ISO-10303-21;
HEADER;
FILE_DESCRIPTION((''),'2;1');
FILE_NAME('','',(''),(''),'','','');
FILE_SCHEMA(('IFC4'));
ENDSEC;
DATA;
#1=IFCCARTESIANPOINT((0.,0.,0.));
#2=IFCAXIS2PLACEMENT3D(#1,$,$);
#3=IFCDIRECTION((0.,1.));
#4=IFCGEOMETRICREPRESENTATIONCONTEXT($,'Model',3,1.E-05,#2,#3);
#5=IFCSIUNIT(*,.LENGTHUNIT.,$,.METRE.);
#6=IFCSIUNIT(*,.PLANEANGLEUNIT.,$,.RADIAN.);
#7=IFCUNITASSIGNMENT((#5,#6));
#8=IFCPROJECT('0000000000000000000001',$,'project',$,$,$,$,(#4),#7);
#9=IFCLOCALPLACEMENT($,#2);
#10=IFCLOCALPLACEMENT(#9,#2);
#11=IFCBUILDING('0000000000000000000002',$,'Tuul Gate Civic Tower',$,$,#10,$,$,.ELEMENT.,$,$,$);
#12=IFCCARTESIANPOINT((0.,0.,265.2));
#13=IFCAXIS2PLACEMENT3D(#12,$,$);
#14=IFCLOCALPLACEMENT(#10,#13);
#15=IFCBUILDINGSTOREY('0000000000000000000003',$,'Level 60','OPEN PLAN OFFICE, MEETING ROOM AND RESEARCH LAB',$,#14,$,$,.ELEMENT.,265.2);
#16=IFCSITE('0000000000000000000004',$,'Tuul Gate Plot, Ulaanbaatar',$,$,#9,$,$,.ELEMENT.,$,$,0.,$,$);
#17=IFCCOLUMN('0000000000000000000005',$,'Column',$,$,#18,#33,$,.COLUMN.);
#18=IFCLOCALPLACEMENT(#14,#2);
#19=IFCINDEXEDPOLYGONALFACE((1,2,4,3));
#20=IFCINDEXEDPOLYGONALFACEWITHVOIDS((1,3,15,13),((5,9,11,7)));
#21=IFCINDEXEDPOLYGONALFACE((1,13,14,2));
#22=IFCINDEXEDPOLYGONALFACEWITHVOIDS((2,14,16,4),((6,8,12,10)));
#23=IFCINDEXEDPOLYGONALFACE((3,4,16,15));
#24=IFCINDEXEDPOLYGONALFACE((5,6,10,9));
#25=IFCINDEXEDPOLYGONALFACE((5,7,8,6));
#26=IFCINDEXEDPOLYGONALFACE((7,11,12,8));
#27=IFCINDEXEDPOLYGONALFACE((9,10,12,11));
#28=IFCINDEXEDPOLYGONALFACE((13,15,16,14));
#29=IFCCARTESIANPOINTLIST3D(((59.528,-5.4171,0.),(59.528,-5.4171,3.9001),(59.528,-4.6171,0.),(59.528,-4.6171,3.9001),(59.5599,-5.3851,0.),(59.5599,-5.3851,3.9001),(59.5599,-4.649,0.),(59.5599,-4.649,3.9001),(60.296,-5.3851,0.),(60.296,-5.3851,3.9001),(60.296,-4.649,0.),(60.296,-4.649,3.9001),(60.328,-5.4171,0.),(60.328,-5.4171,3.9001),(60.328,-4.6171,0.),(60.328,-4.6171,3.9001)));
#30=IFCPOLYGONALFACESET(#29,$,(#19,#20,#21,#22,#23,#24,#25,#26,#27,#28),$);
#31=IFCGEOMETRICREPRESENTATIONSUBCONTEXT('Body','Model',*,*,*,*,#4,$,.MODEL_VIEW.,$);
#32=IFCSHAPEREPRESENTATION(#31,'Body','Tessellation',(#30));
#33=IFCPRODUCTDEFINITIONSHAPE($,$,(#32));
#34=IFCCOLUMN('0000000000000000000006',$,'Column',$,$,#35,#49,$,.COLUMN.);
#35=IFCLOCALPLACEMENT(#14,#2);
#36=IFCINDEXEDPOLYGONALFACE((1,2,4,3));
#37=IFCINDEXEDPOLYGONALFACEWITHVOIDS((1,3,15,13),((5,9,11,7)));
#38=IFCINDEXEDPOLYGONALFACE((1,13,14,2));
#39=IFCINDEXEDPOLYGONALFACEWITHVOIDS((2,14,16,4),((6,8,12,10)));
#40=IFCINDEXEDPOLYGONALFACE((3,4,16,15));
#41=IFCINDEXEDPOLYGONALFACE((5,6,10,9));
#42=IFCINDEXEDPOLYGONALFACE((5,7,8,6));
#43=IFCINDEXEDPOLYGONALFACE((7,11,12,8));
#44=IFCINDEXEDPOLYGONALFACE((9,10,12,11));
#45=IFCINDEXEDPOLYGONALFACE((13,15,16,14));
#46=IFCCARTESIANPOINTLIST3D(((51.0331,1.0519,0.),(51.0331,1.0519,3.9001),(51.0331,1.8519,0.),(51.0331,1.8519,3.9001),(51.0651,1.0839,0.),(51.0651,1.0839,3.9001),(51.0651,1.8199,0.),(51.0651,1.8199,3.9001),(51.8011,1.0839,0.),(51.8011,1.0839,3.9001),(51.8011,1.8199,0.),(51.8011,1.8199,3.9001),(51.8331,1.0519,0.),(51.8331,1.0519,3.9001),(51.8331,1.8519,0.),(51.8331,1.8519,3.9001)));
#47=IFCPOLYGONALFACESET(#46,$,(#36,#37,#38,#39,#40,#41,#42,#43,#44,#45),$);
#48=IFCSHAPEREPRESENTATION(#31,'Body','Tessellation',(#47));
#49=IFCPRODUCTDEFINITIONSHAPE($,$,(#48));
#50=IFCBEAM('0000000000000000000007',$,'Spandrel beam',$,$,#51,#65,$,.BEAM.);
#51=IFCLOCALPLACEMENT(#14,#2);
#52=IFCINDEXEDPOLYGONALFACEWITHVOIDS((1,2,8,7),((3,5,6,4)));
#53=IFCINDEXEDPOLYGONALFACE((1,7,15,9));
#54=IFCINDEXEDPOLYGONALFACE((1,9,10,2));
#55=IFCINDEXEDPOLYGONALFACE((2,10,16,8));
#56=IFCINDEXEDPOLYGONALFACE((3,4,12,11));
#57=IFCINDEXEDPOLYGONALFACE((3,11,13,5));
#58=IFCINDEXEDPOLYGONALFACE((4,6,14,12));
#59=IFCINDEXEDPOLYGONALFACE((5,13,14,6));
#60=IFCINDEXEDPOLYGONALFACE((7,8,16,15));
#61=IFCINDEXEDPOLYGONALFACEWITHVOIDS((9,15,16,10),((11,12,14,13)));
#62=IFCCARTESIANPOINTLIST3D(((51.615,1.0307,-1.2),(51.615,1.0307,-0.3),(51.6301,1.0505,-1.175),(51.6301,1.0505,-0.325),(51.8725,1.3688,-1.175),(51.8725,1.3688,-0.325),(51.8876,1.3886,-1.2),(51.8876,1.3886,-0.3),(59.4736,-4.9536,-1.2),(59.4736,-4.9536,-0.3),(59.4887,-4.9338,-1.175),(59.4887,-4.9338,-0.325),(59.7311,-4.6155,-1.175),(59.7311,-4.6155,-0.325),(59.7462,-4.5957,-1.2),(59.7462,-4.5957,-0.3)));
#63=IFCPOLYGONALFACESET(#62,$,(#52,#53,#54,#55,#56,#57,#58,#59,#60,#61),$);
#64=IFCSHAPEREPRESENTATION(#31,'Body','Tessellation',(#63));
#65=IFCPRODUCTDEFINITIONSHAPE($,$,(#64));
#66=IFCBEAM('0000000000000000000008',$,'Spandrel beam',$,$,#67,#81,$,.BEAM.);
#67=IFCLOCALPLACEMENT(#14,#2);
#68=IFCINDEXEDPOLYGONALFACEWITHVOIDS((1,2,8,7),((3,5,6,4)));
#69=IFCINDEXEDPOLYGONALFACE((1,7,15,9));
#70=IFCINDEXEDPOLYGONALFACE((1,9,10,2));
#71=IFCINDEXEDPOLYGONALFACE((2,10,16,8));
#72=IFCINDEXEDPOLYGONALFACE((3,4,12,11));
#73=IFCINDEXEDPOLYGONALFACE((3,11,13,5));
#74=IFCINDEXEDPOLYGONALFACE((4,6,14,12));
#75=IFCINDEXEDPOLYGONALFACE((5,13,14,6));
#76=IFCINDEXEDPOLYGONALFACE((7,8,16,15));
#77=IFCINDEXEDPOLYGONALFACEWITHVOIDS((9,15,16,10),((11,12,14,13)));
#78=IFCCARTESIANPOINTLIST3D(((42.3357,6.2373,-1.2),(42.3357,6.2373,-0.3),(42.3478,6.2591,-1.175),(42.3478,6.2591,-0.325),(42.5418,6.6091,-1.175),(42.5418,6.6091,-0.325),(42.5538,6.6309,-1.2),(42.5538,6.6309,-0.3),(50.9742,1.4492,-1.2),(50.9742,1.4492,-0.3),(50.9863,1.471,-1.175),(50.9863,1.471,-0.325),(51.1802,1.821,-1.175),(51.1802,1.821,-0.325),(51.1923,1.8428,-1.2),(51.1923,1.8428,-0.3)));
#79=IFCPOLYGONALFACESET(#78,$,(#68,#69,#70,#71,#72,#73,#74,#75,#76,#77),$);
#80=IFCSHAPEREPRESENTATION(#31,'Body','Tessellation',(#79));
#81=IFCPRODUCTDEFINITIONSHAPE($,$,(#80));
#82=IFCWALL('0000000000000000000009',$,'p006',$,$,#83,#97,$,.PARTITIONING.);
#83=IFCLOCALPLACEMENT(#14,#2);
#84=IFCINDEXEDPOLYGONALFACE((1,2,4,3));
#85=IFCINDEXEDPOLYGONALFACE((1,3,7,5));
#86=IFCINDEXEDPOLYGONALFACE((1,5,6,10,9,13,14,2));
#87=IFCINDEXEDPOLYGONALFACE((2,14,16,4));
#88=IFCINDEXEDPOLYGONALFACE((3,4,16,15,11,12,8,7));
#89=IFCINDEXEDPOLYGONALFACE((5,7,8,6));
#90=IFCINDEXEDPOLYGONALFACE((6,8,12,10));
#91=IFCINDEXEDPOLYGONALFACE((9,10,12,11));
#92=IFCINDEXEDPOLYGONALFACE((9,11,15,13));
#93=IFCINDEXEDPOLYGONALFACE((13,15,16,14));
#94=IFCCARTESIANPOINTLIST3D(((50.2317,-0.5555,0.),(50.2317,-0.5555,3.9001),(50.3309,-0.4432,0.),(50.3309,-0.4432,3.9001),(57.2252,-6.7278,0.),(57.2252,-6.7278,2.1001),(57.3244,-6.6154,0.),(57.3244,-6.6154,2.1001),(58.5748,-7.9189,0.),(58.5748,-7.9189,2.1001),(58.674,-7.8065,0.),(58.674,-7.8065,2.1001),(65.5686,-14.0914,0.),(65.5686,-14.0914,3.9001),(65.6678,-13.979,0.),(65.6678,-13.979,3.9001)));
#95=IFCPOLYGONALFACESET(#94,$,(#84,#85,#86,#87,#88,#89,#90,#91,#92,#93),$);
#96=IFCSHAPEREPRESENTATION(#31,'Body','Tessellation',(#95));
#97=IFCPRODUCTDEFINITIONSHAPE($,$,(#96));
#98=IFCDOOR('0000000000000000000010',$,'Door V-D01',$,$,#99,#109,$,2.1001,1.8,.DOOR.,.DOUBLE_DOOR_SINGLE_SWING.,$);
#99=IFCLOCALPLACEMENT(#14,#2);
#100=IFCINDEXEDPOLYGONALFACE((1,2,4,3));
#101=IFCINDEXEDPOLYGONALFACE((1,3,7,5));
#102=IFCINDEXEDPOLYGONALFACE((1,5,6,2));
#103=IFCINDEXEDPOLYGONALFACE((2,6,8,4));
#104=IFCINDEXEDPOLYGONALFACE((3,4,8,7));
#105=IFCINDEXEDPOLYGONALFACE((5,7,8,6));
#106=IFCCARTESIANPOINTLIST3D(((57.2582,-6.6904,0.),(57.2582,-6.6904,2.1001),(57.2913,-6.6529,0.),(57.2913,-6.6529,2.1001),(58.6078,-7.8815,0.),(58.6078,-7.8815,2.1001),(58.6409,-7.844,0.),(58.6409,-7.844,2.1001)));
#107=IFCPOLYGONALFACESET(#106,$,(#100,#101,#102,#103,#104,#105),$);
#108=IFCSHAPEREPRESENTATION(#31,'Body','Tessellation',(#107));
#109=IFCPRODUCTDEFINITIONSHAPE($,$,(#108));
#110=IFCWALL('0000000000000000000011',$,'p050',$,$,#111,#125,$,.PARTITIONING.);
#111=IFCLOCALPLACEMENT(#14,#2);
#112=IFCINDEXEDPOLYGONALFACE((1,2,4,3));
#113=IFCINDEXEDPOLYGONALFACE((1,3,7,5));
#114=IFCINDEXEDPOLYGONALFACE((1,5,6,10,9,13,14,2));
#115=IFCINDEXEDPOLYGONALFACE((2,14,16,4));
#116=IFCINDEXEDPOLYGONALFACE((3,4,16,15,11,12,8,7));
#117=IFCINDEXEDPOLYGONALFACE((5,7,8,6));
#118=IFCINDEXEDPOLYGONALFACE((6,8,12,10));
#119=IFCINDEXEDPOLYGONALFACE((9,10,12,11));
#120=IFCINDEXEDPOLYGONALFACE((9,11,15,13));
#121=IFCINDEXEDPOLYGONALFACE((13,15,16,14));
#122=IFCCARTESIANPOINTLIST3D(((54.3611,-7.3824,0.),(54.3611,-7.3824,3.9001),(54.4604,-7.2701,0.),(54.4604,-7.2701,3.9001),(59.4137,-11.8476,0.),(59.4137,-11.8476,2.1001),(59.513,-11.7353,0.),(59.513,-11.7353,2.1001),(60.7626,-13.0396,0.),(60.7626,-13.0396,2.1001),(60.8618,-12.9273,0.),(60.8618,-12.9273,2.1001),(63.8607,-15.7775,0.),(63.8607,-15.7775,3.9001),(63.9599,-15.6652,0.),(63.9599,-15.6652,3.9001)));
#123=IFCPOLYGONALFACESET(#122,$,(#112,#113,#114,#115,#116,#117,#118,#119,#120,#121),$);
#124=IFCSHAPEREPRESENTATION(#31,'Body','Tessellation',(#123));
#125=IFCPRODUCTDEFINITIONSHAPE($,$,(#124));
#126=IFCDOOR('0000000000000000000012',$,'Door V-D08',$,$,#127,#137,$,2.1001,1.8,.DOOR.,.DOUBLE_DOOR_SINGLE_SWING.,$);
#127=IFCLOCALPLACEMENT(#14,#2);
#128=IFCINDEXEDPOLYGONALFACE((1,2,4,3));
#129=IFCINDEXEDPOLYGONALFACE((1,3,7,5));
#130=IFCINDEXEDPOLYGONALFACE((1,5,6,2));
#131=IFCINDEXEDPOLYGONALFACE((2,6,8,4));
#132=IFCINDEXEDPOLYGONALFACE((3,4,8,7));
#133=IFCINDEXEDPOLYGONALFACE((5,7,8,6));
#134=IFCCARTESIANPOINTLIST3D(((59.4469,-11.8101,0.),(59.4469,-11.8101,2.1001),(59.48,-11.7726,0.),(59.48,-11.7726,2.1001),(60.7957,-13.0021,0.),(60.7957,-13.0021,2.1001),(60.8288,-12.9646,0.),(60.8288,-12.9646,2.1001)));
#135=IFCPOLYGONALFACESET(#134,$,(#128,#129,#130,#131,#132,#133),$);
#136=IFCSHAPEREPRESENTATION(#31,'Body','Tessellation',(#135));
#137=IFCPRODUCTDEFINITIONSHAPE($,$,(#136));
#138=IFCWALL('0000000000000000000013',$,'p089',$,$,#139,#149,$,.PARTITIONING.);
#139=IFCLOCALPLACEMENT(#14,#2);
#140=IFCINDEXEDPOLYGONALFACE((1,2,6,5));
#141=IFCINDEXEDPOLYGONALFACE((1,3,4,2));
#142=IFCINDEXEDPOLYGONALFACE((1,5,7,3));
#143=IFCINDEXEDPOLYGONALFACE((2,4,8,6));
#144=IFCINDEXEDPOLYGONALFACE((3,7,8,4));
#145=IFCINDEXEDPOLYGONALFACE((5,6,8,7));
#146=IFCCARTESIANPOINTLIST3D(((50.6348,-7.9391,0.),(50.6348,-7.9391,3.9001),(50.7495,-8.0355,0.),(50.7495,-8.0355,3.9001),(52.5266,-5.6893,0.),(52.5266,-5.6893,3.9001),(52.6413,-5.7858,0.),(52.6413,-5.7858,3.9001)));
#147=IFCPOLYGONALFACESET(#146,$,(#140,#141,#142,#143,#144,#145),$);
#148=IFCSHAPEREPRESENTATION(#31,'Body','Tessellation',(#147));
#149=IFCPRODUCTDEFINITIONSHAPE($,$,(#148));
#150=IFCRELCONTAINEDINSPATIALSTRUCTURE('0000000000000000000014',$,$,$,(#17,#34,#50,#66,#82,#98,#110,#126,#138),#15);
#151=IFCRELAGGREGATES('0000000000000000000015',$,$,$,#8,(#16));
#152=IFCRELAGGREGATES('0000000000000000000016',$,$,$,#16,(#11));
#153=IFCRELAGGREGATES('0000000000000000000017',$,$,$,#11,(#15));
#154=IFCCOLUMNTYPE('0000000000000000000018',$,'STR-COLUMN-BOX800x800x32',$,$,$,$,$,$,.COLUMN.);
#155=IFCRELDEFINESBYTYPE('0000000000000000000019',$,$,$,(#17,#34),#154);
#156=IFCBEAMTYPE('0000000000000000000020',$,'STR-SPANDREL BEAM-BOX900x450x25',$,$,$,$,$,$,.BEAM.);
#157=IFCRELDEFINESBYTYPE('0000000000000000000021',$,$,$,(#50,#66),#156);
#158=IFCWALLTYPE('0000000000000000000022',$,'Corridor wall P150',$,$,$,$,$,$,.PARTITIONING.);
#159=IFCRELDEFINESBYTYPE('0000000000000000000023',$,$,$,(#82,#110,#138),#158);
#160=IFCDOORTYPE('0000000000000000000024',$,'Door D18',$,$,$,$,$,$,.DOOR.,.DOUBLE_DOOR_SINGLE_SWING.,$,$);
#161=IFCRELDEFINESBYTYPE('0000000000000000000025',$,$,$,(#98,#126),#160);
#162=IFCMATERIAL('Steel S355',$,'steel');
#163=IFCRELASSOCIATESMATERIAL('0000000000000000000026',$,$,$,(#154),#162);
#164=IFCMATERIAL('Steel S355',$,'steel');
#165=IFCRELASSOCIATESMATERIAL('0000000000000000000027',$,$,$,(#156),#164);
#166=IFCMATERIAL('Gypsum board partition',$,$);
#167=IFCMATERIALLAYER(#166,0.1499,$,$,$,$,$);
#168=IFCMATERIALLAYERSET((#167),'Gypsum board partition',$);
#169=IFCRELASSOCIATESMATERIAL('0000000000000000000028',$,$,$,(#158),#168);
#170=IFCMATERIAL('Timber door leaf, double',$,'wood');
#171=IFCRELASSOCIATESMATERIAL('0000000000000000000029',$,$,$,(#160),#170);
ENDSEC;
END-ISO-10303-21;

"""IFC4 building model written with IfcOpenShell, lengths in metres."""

from ifc_helpers import new_model, si_unit, direction, frame, frame_2d, origin, origin_2d, place, context, subcontext, project, spatial, rectangle, hollow_rectangle, extrude, material, layer, layer_set, material_profile, profile_set, type_object, element, fill, save


model = new_model("IFC4")

# Units and contexts
model_context = context("Model", 3, precision=1e-05, world=origin(), true_north=direction((0.0, 1.0)))
body_context = subcontext(model_context, "Body", "Model", "MODEL_VIEW")
ifc_project = project(units=[si_unit("LENGTHUNIT", "METRE"), si_unit("PLANEANGLEUNIT", "RADIAN")], contexts=[model_context])

# Site, building, storey
site_placement = place(None, origin())
site = spatial("IfcSite", under=ifc_project, at=site_placement, Name="Tuul Gate Plot, Ulaanbaatar", CompositionType="ELEMENT", RefElevation=0.0)
building_placement = place(site_placement, origin())
building = spatial("IfcBuilding", under=site, at=building_placement, Name="Tuul Gate Civic Tower", CompositionType="ELEMENT")
storey_placement = place(building_placement, frame((0.0, 0.0, 265.2)))
storey = spatial("IfcBuildingStorey", under=building, at=storey_placement, Name="Level 60", Description="OPEN PLAN OFFICE, MEETING ROOM AND RESEARCH LAB", CompositionType="ELEMENT", Elevation=265.2)

# Columns
ifc_material_1 = material(Name="Steel S355", Category="steel")
ifc_material_profile_1 = material_profile(ifc_material_1, hollow_rectangle(XDim=0.8, YDim=0.8, WallThickness=0.032, at=origin_2d()), Name="BOX800x800x32")
ifc_profile_set_1 = profile_set([ifc_material_profile_1], Name="Steel S355")
column_type = type_object("IfcColumnType", Name="STR-COLUMN-BOX800x800x32", PredefinedType="COLUMN", material=ifc_profile_set_1)
for number, where, z_axis, x_axis, name in (
    (1, (59.928, -5.0171, 0.0), (0.0, 0.0, 1.0), (1.0, 0.0, 0.0), "Column"),
    (2, (51.4331, 1.4519, 0.0), (0.0, 0.0, 1.0), (1.0, 0.0, 0.0), "Column"),
):
    element("IfcColumn", number, at=place(storey_placement, frame(where, z_axis=z_axis, x_axis=x_axis)), inside=storey, type_object=column_type, Name=name, PredefinedType="COLUMN", context=body_context, shape_type="SweptSolid", body=[
        extrude(hollow_rectangle(XDim=0.8, YDim=0.8, WallThickness=0.032, at=origin_2d()), origin(), (0.0, 0.0, 1.0), 3.9001),
    ])

# Beams
ifc_material_2 = material(Name="Steel S355", Category="steel")
ifc_material_profile_2 = material_profile(ifc_material_2, hollow_rectangle(XDim=0.45, YDim=0.8999, WallThickness=0.0249, at=origin_2d()), Name="BOX900x450x25")
ifc_profile_set_2 = profile_set([ifc_material_profile_2], Name="Steel S355")
beam_type = type_object("IfcBeamType", Name="STR-SPANDREL BEAM-BOX900x450x25", PredefinedType="BEAM", material=ifc_profile_set_2)
beam_1_placement = place(storey_placement, frame((59.6099, -4.7747, -0.75), z_axis=(-0.795586, 0.605841, 0.0), x_axis=(-0.605841, -0.795586, 0.0)))
element("IfcBeam", 3, at=beam_1_placement, inside=storey, type_object=beam_type, Name="Spandrel beam", PredefinedType="BEAM", context=body_context, shape_type="SweptSolid", body=[
    extrude(hollow_rectangle(XDim=0.45, YDim=0.8999, WallThickness=0.0249, at=origin_2d()), origin(), (0.0, 0.0, 1.0), 9.8777),
])
beam_2_placement = place(storey_placement, frame((51.0833, 1.646, -0.75), z_axis=(-0.874631, 0.484788, 0.0), x_axis=(-0.484788, -0.874631, 0.0)))
element("IfcBeam", 4, at=beam_2_placement, inside=storey, type_object=beam_type, Name="Spandrel beam", PredefinedType="BEAM", context=body_context, shape_type="SweptSolid", body=[
    extrude(hollow_rectangle(XDim=0.45, YDim=0.8999, WallThickness=0.0249, at=origin_2d()), origin(), (0.0, 0.0, 1.0), 9.8767),
])

# Walls, openings, doors
ifc_material_3 = material(Name="Gypsum board partition")
ifc_layer_1 = layer(ifc_material_3, 0.1499)
ifc_layer_set_1 = layer_set([ifc_layer_1], Name="Gypsum board partition")
wall_type_1 = type_object("IfcWallType", Name="Corridor wall P150", PredefinedType="PARTITIONING", material=ifc_layer_set_1)
wall_1_placement = place(storey_placement, frame((50.2812, -0.4993, 0.0), z_axis=(0.0, 0.0, 1.0), x_axis=(0.749757, -0.661713, 0.0)))
wall_1 = element("IfcWall", 5, at=wall_1_placement, inside=storey, type_object=wall_type_1, Name="p006", PredefinedType="PARTITIONING", context=body_context, shape_type="SweptSolid", body=[
    extrude(rectangle(XDim=20.4558, YDim=0.1499, at=frame_2d((10.228, 0.0))), origin(), (0.0, 0.0, 1.0), 3.9001),
])
opening_1_placement = place(wall_1_placement, frame((9.3279, 0.0, 0.0)))
opening_1 = element("IfcOpeningElement", 6, at=opening_1_placement, cuts=wall_1, PredefinedType="OPENING", context=body_context, shape_type="SweptSolid", body=[
    extrude(rectangle(XDim=1.8, YDim=2.1001, at=frame_2d((0.8999, 1.05))), frame((0.0, 0.085, 0.0), z_axis=(0.0, -1.0, 0.0), x_axis=(1.0, 0.0, 0.0)), (0.0, 0.0, 1.0), 0.1699),
])
ifc_material_4 = material(Name="Timber door leaf, double", Category="wood")
door_type = type_object("IfcDoorType", Name="Door D18", OperationType="DOUBLE_DOOR_SINGLE_SWING", PredefinedType="DOOR", material=ifc_material_4)
door_1_placement = place(opening_1_placement, origin())
door_1 = element("IfcDoor", 7, at=door_1_placement, inside=storey, type_object=door_type, Name="Door V-D01", OperationType="DOUBLE_DOOR_SINGLE_SWING", OverallHeight=2.1001, OverallWidth=1.8, PredefinedType="DOOR", context=body_context, shape_type="SweptSolid", body=[
    extrude(rectangle(XDim=1.8, YDim=2.1001, at=frame_2d((0.8999, 1.05))), frame((0.0, 0.0249, 0.0), z_axis=(0.0, -1.0, 0.0), x_axis=(1.0, 0.0, 0.0)), (0.0, 0.0, 1.0), 0.05),
])
fill(opening_1, door_1)
wall_2_placement = place(storey_placement, frame((54.4106, -7.3262, 0.0), z_axis=(0.0, 0.0, 1.0), x_axis=(0.749325, -0.662202, 0.0)))
wall_2 = element("IfcWall", 8, at=wall_2_placement, inside=storey, type_object=wall_type_1, Name="p050", PredefinedType="PARTITIONING", context=body_context, shape_type="SweptSolid", body=[
    extrude(rectangle(XDim=12.6775, YDim=0.1499, at=frame_2d((6.3389, 0.0))), origin(), (0.0, 0.0, 1.0), 3.9001),
])
opening_2_placement = place(wall_2_placement, frame((6.7432, 0.0, 0.0)))
opening_2 = element("IfcOpeningElement", 9, at=opening_2_placement, cuts=wall_2, PredefinedType="OPENING", context=body_context, shape_type="SweptSolid", body=[
    extrude(rectangle(XDim=1.8, YDim=2.1001, at=frame_2d((0.8999, 1.05))), frame((0.0, 0.085, 0.0), z_axis=(0.0, -1.0, 0.0), x_axis=(1.0, 0.0, 0.0)), (0.0, 0.0, 1.0), 0.1699),
])
door_2_placement = place(opening_2_placement, frame((1.8, 0.0, 0.0), z_axis=(0.0, 0.0, 1.0), x_axis=(-1.0, 0.0, 0.0)))
door_2 = element("IfcDoor", 10, at=door_2_placement, inside=storey, type_object=door_type, Name="Door V-D08", OperationType="DOUBLE_DOOR_SINGLE_SWING", OverallHeight=2.1001, OverallWidth=1.8, PredefinedType="DOOR", context=body_context, shape_type="SweptSolid", body=[
    extrude(rectangle(XDim=1.8, YDim=2.1001, at=frame_2d((0.9001, 1.05))), frame((0.0, 0.0249, 0.0), z_axis=(0.0, -1.0, 0.0), x_axis=(1.0, 0.0, 0.0)), (0.0, 0.0, 1.0), 0.05),
])
fill(opening_2, door_2)

# Wall
wall_3_placement = place(storey_placement, frame((50.6921, -7.9873, 0.0), z_axis=(0.0, 0.0, 1.0), x_axis=(0.643601, 0.765361, 0.0)))
element("IfcWall", 11, at=wall_3_placement, inside=storey, type_object=wall_type_1, Name="p089", PredefinedType="PARTITIONING", context=body_context, shape_type="SweptSolid", body=[
    extrude(rectangle(XDim=2.9395, YDim=0.1499, at=frame_2d((1.4697, 0.0))), origin(), (0.0, 0.0, 1.0), 3.9001),
])

save(model, "model.ifc")
